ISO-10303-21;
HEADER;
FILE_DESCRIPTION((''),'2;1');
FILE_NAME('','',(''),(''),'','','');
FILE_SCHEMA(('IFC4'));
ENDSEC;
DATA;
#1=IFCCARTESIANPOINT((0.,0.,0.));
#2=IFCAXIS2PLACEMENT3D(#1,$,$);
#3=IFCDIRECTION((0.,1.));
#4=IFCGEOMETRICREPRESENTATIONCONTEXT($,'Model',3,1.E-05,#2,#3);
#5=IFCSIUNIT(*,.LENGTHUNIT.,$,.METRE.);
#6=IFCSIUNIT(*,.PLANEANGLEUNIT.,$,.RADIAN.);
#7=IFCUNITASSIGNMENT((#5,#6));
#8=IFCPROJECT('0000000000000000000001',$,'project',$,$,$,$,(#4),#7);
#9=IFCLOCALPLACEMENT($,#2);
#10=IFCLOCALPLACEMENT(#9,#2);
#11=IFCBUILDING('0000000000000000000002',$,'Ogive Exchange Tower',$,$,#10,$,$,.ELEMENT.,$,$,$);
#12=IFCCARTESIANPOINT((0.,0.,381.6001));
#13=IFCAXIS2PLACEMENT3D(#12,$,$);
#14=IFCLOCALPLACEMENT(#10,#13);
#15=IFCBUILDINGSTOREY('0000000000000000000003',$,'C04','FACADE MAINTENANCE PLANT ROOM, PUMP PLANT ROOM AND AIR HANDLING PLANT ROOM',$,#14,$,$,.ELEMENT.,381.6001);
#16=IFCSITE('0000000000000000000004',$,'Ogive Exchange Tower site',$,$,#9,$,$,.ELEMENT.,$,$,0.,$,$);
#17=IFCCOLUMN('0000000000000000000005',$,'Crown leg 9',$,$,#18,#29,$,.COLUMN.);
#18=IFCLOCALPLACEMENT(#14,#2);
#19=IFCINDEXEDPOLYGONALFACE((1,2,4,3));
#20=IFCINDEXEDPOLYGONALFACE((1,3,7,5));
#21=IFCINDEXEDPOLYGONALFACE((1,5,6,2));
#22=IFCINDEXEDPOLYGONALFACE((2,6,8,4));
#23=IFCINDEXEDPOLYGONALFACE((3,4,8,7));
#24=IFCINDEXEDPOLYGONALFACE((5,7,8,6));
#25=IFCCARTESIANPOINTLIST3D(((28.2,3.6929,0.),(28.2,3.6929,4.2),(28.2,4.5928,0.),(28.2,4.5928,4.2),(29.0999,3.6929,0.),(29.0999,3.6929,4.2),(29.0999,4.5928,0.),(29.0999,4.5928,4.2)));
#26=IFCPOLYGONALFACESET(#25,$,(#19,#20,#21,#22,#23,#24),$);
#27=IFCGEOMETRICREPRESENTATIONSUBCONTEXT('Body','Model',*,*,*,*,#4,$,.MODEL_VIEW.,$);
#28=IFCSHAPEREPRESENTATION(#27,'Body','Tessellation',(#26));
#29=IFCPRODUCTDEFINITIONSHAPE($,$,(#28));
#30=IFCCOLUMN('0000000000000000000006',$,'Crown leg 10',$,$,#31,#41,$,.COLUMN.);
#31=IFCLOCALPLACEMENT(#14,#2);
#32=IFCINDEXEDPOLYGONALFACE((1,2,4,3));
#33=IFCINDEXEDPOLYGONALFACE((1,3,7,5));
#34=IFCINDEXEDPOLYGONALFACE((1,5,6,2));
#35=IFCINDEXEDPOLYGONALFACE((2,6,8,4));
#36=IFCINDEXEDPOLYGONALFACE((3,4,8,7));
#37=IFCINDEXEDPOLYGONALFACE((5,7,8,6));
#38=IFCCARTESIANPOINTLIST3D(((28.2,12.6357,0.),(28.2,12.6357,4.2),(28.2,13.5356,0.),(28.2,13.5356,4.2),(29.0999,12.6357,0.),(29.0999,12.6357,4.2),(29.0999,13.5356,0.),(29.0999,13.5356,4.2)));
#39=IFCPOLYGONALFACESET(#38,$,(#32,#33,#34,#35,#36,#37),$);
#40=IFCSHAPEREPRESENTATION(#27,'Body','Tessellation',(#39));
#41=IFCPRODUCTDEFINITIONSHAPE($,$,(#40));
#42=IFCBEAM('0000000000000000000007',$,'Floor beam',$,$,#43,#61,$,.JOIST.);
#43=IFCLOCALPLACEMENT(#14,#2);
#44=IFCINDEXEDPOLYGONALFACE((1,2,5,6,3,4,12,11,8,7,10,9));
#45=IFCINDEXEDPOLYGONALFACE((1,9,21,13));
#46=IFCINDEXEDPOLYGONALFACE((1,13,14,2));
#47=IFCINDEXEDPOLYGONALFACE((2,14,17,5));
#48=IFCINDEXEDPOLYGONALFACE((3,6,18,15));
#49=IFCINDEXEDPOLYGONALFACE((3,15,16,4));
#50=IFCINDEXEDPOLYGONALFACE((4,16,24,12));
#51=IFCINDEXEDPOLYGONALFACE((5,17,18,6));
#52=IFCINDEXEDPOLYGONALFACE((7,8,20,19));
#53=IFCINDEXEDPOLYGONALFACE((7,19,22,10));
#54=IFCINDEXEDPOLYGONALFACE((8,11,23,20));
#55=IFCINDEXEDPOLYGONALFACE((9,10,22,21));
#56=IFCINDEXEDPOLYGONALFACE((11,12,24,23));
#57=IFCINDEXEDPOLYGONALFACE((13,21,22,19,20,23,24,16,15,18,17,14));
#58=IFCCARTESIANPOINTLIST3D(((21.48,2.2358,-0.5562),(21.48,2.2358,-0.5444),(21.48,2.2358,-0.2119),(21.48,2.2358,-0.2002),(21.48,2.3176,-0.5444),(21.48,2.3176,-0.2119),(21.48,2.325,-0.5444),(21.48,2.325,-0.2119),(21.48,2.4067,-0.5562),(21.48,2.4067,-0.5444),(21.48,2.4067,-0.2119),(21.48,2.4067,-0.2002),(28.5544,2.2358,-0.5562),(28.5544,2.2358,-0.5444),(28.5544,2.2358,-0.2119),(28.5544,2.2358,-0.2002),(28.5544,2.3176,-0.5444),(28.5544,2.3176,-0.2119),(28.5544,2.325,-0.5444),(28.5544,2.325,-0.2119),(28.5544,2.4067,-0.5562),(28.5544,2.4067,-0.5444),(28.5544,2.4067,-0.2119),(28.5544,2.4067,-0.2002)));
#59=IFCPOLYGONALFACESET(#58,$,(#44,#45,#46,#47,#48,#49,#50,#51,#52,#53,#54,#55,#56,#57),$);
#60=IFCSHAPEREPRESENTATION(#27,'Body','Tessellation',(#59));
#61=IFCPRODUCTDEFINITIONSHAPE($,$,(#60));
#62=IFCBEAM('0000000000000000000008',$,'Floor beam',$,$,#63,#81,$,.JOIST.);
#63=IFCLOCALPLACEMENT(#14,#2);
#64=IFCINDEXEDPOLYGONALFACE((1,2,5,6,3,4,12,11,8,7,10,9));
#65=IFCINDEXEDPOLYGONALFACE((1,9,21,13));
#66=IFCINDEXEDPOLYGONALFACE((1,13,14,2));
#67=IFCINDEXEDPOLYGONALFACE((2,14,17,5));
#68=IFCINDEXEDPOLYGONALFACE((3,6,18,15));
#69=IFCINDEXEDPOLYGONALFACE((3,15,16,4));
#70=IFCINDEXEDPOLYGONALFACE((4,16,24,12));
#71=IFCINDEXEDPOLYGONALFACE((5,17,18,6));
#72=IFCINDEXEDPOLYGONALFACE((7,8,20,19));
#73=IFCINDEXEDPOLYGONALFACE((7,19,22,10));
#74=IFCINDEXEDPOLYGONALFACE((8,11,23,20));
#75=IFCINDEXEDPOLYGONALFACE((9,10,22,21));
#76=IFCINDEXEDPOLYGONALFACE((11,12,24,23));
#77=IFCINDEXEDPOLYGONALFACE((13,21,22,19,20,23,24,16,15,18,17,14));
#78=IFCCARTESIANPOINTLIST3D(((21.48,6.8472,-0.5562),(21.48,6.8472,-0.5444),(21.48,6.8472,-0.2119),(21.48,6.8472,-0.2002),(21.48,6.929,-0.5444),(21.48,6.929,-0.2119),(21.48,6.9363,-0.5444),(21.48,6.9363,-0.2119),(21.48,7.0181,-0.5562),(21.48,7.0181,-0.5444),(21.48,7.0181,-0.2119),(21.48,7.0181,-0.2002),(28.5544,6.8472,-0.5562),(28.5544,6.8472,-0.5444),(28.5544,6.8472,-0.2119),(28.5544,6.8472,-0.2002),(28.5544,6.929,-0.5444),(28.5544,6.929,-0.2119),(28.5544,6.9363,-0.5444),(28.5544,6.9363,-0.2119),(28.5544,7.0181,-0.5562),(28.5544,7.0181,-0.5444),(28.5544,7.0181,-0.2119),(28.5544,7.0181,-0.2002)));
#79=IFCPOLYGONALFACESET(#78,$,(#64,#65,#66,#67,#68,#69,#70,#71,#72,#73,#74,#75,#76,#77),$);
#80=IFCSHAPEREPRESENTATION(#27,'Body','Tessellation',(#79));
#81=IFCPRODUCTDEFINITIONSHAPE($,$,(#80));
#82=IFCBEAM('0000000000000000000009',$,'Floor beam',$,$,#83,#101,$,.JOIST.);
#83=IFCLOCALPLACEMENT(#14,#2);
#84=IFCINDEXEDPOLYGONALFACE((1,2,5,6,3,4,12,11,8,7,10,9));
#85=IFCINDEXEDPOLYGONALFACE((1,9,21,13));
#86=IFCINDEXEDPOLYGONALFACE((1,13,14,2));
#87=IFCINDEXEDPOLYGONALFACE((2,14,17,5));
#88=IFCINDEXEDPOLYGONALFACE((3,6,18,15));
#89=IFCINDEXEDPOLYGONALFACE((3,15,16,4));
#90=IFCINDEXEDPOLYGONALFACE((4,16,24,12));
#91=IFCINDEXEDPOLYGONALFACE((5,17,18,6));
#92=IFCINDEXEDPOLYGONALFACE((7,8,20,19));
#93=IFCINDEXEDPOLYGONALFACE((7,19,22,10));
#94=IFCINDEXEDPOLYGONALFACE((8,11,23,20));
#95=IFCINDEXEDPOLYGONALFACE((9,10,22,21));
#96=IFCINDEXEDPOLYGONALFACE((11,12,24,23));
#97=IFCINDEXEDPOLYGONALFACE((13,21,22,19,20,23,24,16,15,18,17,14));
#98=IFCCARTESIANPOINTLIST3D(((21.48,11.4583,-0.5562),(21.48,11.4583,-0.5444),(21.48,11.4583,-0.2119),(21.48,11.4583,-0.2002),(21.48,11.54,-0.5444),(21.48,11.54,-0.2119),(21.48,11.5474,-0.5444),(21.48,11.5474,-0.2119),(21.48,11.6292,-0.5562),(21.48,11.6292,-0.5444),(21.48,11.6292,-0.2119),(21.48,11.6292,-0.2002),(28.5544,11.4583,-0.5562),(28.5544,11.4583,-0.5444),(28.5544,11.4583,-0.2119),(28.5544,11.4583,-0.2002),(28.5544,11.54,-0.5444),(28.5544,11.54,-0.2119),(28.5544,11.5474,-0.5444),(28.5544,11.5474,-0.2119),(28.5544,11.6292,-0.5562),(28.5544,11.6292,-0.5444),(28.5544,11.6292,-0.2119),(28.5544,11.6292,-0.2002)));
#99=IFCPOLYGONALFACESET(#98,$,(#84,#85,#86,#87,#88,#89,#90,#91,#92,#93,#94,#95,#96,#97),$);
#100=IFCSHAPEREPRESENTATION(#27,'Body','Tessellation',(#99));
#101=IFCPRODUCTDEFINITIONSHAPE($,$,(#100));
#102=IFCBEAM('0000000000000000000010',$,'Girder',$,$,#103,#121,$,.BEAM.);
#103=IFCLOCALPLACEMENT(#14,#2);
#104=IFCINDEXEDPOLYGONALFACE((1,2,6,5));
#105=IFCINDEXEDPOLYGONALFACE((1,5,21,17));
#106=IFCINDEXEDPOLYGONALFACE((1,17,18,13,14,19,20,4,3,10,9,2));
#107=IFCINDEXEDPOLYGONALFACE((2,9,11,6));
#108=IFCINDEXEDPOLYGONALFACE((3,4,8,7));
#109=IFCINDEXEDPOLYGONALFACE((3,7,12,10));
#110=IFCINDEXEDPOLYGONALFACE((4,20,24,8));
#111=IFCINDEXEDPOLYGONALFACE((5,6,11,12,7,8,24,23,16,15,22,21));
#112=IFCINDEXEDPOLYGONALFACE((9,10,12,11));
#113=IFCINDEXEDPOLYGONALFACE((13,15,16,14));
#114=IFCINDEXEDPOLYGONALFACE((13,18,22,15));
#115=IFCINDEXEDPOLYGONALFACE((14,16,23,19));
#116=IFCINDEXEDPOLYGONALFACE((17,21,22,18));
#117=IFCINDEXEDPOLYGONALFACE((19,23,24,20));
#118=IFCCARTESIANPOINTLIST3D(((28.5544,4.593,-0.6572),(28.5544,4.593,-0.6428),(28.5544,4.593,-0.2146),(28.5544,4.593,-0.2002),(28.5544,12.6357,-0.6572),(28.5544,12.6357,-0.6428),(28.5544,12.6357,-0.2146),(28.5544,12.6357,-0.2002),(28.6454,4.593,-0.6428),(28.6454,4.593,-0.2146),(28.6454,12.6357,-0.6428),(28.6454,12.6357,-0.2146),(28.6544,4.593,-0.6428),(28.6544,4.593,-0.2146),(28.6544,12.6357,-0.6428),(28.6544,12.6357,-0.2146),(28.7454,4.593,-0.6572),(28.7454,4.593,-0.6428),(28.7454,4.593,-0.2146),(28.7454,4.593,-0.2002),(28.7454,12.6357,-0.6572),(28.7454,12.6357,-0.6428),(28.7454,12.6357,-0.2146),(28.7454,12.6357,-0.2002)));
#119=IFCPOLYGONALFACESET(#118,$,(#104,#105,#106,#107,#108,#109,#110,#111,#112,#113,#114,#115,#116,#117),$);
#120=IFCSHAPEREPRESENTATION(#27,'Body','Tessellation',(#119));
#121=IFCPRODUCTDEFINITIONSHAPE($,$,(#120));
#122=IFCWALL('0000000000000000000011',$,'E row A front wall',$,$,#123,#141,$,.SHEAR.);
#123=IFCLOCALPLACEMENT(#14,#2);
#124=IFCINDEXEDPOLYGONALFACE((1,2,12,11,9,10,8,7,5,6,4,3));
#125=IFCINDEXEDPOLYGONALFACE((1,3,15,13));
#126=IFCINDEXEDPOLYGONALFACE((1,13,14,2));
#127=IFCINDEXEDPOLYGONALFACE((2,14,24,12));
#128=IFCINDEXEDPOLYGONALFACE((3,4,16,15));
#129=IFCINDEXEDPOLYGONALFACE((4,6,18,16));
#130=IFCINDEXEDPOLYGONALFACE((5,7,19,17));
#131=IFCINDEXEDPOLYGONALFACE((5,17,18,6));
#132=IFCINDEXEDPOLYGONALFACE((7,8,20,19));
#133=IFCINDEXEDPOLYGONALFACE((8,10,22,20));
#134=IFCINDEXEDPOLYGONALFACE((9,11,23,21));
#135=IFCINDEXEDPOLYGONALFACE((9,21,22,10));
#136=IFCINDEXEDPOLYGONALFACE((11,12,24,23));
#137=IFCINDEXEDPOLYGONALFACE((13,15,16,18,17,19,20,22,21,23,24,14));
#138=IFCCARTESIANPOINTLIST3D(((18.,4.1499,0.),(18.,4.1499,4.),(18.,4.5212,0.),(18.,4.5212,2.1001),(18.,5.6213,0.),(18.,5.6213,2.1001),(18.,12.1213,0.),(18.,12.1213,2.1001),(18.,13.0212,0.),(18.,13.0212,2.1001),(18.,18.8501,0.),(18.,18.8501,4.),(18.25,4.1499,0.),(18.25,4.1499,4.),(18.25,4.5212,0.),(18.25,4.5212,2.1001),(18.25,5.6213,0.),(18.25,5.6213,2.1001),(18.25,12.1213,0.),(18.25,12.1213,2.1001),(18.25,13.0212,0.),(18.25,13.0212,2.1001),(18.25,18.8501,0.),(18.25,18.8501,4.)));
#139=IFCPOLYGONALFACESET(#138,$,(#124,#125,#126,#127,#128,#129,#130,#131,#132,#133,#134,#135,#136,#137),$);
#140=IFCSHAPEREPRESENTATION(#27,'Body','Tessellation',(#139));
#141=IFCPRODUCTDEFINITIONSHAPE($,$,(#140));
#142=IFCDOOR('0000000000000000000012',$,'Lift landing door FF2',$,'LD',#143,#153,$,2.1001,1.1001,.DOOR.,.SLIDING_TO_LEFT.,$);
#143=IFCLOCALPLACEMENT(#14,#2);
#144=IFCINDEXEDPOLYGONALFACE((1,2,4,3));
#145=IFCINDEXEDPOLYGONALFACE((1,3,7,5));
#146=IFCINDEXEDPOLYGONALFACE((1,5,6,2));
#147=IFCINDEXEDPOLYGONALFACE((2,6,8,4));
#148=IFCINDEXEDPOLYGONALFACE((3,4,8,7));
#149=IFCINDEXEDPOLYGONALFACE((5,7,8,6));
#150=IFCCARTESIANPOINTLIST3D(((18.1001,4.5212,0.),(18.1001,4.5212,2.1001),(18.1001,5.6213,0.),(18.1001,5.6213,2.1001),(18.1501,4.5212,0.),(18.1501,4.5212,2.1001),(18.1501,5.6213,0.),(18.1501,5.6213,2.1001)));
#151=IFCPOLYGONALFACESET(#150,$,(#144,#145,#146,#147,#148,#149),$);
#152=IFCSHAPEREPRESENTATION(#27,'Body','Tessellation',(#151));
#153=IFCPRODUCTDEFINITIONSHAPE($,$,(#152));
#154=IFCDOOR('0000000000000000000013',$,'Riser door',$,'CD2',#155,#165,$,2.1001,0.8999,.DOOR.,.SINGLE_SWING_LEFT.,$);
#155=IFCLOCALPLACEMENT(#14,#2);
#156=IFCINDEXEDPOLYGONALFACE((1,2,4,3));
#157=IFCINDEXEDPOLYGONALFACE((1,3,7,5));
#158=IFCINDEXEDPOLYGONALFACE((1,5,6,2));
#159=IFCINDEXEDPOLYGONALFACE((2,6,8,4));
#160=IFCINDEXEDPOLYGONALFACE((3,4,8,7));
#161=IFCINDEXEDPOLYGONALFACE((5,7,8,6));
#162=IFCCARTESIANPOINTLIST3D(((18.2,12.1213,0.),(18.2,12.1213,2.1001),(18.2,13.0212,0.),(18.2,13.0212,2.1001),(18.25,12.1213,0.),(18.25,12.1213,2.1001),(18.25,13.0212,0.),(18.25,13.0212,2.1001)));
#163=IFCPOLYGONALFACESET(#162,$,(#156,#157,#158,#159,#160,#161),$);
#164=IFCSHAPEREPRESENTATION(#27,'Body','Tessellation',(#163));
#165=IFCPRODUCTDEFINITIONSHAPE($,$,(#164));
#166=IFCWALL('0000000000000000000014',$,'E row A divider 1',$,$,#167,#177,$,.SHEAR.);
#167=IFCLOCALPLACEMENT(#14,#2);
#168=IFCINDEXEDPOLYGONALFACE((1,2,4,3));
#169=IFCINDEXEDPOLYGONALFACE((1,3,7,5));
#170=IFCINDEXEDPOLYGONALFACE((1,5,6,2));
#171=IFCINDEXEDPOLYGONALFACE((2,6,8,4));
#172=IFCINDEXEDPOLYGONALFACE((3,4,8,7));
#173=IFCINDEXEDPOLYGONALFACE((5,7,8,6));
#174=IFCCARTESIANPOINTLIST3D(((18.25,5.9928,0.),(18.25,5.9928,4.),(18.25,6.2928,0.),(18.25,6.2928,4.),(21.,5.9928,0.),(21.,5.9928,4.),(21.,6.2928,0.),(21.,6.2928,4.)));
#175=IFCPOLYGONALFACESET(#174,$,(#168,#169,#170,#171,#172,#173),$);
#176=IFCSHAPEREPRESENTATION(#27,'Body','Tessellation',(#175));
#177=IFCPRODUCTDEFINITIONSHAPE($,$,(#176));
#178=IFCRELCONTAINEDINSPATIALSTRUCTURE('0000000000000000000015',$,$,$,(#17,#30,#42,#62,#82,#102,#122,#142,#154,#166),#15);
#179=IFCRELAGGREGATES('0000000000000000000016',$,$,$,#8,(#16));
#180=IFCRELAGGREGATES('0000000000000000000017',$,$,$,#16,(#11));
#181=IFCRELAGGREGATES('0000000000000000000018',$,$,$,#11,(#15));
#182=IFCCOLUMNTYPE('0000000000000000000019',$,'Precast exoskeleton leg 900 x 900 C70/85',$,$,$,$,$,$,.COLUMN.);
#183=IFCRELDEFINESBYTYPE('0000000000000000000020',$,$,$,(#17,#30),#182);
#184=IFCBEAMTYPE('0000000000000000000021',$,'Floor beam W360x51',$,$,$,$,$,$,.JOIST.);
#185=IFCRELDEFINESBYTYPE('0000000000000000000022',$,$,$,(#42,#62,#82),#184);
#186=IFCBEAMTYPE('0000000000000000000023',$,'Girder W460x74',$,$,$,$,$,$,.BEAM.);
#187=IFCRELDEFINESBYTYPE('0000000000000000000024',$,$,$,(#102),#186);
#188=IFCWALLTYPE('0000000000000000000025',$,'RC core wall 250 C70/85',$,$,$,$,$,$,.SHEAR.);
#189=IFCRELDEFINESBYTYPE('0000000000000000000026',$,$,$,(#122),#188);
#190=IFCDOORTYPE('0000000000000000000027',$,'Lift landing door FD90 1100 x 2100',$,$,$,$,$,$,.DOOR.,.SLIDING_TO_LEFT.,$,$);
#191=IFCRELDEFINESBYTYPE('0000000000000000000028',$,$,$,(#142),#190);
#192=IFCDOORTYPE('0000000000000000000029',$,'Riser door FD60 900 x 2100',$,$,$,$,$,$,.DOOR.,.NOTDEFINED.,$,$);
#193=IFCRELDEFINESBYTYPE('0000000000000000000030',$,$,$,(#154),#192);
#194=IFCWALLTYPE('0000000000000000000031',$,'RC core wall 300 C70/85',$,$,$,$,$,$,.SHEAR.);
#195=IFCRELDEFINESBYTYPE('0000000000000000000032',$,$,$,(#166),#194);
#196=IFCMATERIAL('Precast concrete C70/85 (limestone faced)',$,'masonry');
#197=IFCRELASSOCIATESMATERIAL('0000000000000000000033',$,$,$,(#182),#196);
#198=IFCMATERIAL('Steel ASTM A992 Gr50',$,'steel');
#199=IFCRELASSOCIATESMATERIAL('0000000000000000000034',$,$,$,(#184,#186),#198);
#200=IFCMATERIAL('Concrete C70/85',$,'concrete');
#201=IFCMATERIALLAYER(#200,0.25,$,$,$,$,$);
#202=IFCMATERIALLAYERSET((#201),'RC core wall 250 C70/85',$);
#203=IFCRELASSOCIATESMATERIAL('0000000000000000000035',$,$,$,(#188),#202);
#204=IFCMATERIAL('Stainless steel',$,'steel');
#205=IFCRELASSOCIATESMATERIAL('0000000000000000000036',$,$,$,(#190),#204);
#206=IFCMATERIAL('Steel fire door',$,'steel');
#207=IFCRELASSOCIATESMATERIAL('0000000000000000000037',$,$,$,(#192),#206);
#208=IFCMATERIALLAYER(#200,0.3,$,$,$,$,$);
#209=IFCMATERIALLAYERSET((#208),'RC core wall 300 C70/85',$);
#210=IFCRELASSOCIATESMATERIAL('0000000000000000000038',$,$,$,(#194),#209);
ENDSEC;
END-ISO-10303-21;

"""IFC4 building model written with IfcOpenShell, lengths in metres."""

from ifc_helpers import new_model, si_unit, direction, frame, frame_2d, origin, origin_2d, place, context, subcontext, project, spatial, rectangle, i_section, extrude, material, layer, layer_set, material_profile, profile_set, type_object, element, fill, save


model = new_model("IFC4")

# Units and contexts
model_context = context("Model", 3, precision=1e-05, world=origin(), true_north=direction((0.0, 1.0)))
body_context = subcontext(model_context, "Body", "Model", "MODEL_VIEW")
ifc_project = project(units=[si_unit("LENGTHUNIT", "METRE"), si_unit("PLANEANGLEUNIT", "RADIAN")], contexts=[model_context])

# Site, building, storey
site_placement = place(None, origin())
site = spatial("IfcSite", under=ifc_project, at=site_placement, Name="Ogive Exchange Tower site", CompositionType="ELEMENT", RefElevation=0.0)
building_placement = place(site_placement, origin())
building = spatial("IfcBuilding", under=site, at=building_placement, Name="Ogive Exchange Tower", CompositionType="ELEMENT")
storey_placement = place(building_placement, frame((0.0, 0.0, 381.6001)))
storey = spatial("IfcBuildingStorey", under=building, at=storey_placement, Name="C04", Description="FACADE MAINTENANCE PLANT ROOM, PUMP PLANT ROOM AND AIR HANDLING PLANT ROOM", CompositionType="ELEMENT", Elevation=381.6001)

# Columns
ifc_material_1 = material(Name="Precast concrete C70/85 (limestone faced)", Category="masonry")
ifc_material_profile_1 = material_profile(ifc_material_1, rectangle(XDim=0.8999, YDim=0.8999, at=origin_2d()), Name="900 x 900")
ifc_profile_set_1 = profile_set([ifc_material_profile_1], Name="Precast concrete C70/85 (limestone faced)")
column_type = type_object("IfcColumnType", Name="Precast exoskeleton leg 900 x 900 C70/85", PredefinedType="COLUMN", material=ifc_profile_set_1)
for number, where, z_axis, x_axis, name in (
    (1, (28.6499, 4.1428, 0.0), (0.0, 0.0, 1.0), (1.0, 0.0, 0.0), "Crown leg 9"),
    (2, (28.6499, 13.0857, 0.0), (0.0, 0.0, 1.0), (1.0, 0.0, 0.0), "Crown leg 10"),
):
    element("IfcColumn", number, at=place(storey_placement, frame(where, z_axis=z_axis, x_axis=x_axis)), inside=storey, type_object=column_type, Name=name, PredefinedType="COLUMN", context=body_context, shape_type="SweptSolid", body=[
        extrude(rectangle(XDim=0.8999, YDim=0.8999, at=origin_2d()), origin(), (0.0, 0.0, 1.0), 4.2),
    ])

# Beams
ifc_material_2 = material(Name="Steel ASTM A992 Gr50", Category="steel")
ifc_material_profile_2 = material_profile(ifc_material_2, i_section(OverallWidth=0.1709, OverallDepth=0.356, WebThickness=0.0073, FlangeThickness=0.0117, at=origin_2d()), Name="W360x51")
ifc_profile_set_2 = profile_set([ifc_material_profile_2], Name="Steel ASTM A992 Gr50")
beam_type_1 = type_object("IfcBeamType", Name="Floor beam W360x51", PredefinedType="JOIST", material=ifc_profile_set_2)
for number, where, z_axis, x_axis, name in (
    (3, (21.48, 2.3213, -0.3782), (1.0, 0.0, 0.0), (0.0, 1.0, 0.0), "Floor beam"),
    (4, (21.48, 6.9326, -0.3782), (1.0, 0.0, 0.0), (0.0, 1.0, 0.0), "Floor beam"),
    (5, (21.48, 11.5437, -0.3782), (1.0, 0.0, 0.0), (0.0, 1.0, 0.0), "Floor beam"),
):
    element("IfcBeam", number, at=place(storey_placement, frame(where, z_axis=z_axis, x_axis=x_axis)), inside=storey, type_object=beam_type_1, Name=name, PredefinedType="JOIST", context=body_context, shape_type="SweptSolid", body=[
        extrude(i_section(OverallWidth=0.1709, OverallDepth=0.356, WebThickness=0.0073, FlangeThickness=0.0117, at=origin_2d()), origin(), (0.0, 0.0, 1.0), 7.0745),
    ])
ifc_material_profile_3 = material_profile(ifc_material_2, i_section(OverallWidth=0.1909, OverallDepth=0.457, WebThickness=0.009, FlangeThickness=0.0144, at=origin_2d()), Name="W460x74")
ifc_profile_set_3 = profile_set([ifc_material_profile_3], Name="Steel ASTM A992 Gr50")
beam_type_2 = type_object("IfcBeamType", Name="Girder W460x74", PredefinedType="BEAM", material=ifc_profile_set_3)
beam_placement = place(storey_placement, frame((28.6499, 4.593, -0.4287), z_axis=(0.0, 1.0, 0.0), x_axis=(-1.0, 0.0, 0.0)))
element("IfcBeam", 6, at=beam_placement, inside=storey, type_object=beam_type_2, Name="Girder", PredefinedType="BEAM", context=body_context, shape_type="SweptSolid", body=[
    extrude(i_section(OverallWidth=0.1909, OverallDepth=0.457, WebThickness=0.009, FlangeThickness=0.0144, at=origin_2d()), origin(), (0.0, 0.0, 1.0), 8.0427),
])

# Wall, openings, doors
ifc_material_3 = material(Name="Concrete C70/85", Category="concrete")
ifc_layer_1 = layer(ifc_material_3, 0.25)
ifc_layer_set_1 = layer_set([ifc_layer_1], Name="RC core wall 250 C70/85")
wall_type_1 = type_object("IfcWallType", Name="RC core wall 250 C70/85", PredefinedType="SHEAR", material=ifc_layer_set_1)
wall_1_placement = place(storey_placement, frame((18.125, 4.1499, 0.0), z_axis=(0.0, 0.0, 1.0), x_axis=(0.0, 1.0, 0.0)))
wall_1 = element("IfcWall", 7, at=wall_1_placement, inside=storey, type_object=wall_type_1, Name="E row A front wall", PredefinedType="SHEAR", context=body_context, shape_type="SweptSolid", body=[
    extrude(rectangle(XDim=14.7002, YDim=0.25, at=frame_2d((7.3501, 0.0))), origin(), (0.0, 0.0, 1.0), 4.0),
])
opening_1_placement = place(wall_1_placement, frame((7.9714, 0.0, 0.0)))
opening_1 = element("IfcOpeningElement", 8, at=opening_1_placement, cuts=wall_1, PredefinedType="OPENING", context=body_context, shape_type="SweptSolid", body=[
    extrude(rectangle(XDim=0.8999, YDim=2.1001, at=frame_2d((0.45, 1.05))), frame((0.0, 0.135, 0.0), z_axis=(0.0, -1.0, 0.0), x_axis=(1.0, 0.0, 0.0)), (0.0, 0.0, 1.0), 0.27),
])
opening_2_placement = place(wall_1_placement, frame((0.3713, 0.0, 0.0)))
opening_2 = element("IfcOpeningElement", 9, at=opening_2_placement, cuts=wall_1, PredefinedType="OPENING", context=body_context, shape_type="SweptSolid", body=[
    extrude(rectangle(XDim=1.1001, YDim=2.1001, at=frame_2d((0.55, 1.05))), frame((0.0, 0.135, 0.0), z_axis=(0.0, -1.0, 0.0), x_axis=(1.0, 0.0, 0.0)), (0.0, 0.0, 1.0), 0.27),
])
ifc_material_4 = material(Name="Stainless steel", Category="steel")
door_type_1 = type_object("IfcDoorType", Name="Lift landing door FD90 1100 x 2100", OperationType="SLIDING_TO_LEFT", PredefinedType="DOOR", material=ifc_material_4)
door_1_placement = place(opening_2_placement, origin())
door_1 = element("IfcDoor", 10, at=door_1_placement, inside=storey, type_object=door_type_1, Name="Lift landing door FF2", ObjectType="LD", OperationType="SLIDING_TO_LEFT", OverallHeight=2.1001, OverallWidth=1.1001, PredefinedType="DOOR", context=body_context, shape_type="SweptSolid", body=[
    extrude(rectangle(XDim=1.1001, YDim=2.1001, at=frame_2d((0.55, 1.05))), frame((0.0, 0.0249, 0.0), z_axis=(0.0, -1.0, 0.0), x_axis=(1.0, 0.0, 0.0)), (0.0, 0.0, 1.0), 0.05),
])
fill(opening_2, door_1)
ifc_material_5 = material(Name="Steel fire door", Category="steel")
door_type_2 = type_object("IfcDoorType", Name="Riser door FD60 900 x 2100", OperationType="NOTDEFINED", PredefinedType="DOOR", material=ifc_material_5)
door_2_placement = place(opening_1_placement, frame((0.8999, -0.2002, 0.0), z_axis=(0.0, 0.0, 1.0), x_axis=(-1.0, 0.0, 0.0)))
door_2 = element("IfcDoor", 11, at=door_2_placement, inside=storey, type_object=door_type_2, Name="Riser door", ObjectType="CD2", OperationType="SINGLE_SWING_LEFT", OverallHeight=2.1001, OverallWidth=0.8999, PredefinedType="DOOR", context=body_context, shape_type="SweptSolid", body=[
    extrude(rectangle(XDim=0.8999, YDim=2.1001, at=frame_2d((0.45, 1.05))), frame((0.0, -0.0752, 0.0), z_axis=(0.0, -1.0, 0.0), x_axis=(1.0, 0.0, 0.0)), (0.0, 0.0, 1.0), 0.05),
])
fill(opening_1, door_2)

# Wall
ifc_layer_2 = layer(ifc_material_3, 0.3)
ifc_layer_set_2 = layer_set([ifc_layer_2], Name="RC core wall 300 C70/85")
wall_type_2 = type_object("IfcWallType", Name="RC core wall 300 C70/85", PredefinedType="SHEAR", material=ifc_layer_set_2)
wall_2_placement = place(storey_placement, frame((18.25, 6.1428, 0.0), z_axis=(0.0, 0.0, 1.0), x_axis=(1.0, 0.0, 0.0)))
element("IfcWall", 12, at=wall_2_placement, inside=storey, type_object=wall_type_2, Name="E row A divider 1", PredefinedType="SHEAR", context=body_context, shape_type="SweptSolid", body=[
    extrude(rectangle(XDim=2.75, YDim=0.3, at=frame_2d((1.375, 0.0))), origin(), (0.0, 0.0, 1.0), 4.0),
])

save(model, "model.ifc")
